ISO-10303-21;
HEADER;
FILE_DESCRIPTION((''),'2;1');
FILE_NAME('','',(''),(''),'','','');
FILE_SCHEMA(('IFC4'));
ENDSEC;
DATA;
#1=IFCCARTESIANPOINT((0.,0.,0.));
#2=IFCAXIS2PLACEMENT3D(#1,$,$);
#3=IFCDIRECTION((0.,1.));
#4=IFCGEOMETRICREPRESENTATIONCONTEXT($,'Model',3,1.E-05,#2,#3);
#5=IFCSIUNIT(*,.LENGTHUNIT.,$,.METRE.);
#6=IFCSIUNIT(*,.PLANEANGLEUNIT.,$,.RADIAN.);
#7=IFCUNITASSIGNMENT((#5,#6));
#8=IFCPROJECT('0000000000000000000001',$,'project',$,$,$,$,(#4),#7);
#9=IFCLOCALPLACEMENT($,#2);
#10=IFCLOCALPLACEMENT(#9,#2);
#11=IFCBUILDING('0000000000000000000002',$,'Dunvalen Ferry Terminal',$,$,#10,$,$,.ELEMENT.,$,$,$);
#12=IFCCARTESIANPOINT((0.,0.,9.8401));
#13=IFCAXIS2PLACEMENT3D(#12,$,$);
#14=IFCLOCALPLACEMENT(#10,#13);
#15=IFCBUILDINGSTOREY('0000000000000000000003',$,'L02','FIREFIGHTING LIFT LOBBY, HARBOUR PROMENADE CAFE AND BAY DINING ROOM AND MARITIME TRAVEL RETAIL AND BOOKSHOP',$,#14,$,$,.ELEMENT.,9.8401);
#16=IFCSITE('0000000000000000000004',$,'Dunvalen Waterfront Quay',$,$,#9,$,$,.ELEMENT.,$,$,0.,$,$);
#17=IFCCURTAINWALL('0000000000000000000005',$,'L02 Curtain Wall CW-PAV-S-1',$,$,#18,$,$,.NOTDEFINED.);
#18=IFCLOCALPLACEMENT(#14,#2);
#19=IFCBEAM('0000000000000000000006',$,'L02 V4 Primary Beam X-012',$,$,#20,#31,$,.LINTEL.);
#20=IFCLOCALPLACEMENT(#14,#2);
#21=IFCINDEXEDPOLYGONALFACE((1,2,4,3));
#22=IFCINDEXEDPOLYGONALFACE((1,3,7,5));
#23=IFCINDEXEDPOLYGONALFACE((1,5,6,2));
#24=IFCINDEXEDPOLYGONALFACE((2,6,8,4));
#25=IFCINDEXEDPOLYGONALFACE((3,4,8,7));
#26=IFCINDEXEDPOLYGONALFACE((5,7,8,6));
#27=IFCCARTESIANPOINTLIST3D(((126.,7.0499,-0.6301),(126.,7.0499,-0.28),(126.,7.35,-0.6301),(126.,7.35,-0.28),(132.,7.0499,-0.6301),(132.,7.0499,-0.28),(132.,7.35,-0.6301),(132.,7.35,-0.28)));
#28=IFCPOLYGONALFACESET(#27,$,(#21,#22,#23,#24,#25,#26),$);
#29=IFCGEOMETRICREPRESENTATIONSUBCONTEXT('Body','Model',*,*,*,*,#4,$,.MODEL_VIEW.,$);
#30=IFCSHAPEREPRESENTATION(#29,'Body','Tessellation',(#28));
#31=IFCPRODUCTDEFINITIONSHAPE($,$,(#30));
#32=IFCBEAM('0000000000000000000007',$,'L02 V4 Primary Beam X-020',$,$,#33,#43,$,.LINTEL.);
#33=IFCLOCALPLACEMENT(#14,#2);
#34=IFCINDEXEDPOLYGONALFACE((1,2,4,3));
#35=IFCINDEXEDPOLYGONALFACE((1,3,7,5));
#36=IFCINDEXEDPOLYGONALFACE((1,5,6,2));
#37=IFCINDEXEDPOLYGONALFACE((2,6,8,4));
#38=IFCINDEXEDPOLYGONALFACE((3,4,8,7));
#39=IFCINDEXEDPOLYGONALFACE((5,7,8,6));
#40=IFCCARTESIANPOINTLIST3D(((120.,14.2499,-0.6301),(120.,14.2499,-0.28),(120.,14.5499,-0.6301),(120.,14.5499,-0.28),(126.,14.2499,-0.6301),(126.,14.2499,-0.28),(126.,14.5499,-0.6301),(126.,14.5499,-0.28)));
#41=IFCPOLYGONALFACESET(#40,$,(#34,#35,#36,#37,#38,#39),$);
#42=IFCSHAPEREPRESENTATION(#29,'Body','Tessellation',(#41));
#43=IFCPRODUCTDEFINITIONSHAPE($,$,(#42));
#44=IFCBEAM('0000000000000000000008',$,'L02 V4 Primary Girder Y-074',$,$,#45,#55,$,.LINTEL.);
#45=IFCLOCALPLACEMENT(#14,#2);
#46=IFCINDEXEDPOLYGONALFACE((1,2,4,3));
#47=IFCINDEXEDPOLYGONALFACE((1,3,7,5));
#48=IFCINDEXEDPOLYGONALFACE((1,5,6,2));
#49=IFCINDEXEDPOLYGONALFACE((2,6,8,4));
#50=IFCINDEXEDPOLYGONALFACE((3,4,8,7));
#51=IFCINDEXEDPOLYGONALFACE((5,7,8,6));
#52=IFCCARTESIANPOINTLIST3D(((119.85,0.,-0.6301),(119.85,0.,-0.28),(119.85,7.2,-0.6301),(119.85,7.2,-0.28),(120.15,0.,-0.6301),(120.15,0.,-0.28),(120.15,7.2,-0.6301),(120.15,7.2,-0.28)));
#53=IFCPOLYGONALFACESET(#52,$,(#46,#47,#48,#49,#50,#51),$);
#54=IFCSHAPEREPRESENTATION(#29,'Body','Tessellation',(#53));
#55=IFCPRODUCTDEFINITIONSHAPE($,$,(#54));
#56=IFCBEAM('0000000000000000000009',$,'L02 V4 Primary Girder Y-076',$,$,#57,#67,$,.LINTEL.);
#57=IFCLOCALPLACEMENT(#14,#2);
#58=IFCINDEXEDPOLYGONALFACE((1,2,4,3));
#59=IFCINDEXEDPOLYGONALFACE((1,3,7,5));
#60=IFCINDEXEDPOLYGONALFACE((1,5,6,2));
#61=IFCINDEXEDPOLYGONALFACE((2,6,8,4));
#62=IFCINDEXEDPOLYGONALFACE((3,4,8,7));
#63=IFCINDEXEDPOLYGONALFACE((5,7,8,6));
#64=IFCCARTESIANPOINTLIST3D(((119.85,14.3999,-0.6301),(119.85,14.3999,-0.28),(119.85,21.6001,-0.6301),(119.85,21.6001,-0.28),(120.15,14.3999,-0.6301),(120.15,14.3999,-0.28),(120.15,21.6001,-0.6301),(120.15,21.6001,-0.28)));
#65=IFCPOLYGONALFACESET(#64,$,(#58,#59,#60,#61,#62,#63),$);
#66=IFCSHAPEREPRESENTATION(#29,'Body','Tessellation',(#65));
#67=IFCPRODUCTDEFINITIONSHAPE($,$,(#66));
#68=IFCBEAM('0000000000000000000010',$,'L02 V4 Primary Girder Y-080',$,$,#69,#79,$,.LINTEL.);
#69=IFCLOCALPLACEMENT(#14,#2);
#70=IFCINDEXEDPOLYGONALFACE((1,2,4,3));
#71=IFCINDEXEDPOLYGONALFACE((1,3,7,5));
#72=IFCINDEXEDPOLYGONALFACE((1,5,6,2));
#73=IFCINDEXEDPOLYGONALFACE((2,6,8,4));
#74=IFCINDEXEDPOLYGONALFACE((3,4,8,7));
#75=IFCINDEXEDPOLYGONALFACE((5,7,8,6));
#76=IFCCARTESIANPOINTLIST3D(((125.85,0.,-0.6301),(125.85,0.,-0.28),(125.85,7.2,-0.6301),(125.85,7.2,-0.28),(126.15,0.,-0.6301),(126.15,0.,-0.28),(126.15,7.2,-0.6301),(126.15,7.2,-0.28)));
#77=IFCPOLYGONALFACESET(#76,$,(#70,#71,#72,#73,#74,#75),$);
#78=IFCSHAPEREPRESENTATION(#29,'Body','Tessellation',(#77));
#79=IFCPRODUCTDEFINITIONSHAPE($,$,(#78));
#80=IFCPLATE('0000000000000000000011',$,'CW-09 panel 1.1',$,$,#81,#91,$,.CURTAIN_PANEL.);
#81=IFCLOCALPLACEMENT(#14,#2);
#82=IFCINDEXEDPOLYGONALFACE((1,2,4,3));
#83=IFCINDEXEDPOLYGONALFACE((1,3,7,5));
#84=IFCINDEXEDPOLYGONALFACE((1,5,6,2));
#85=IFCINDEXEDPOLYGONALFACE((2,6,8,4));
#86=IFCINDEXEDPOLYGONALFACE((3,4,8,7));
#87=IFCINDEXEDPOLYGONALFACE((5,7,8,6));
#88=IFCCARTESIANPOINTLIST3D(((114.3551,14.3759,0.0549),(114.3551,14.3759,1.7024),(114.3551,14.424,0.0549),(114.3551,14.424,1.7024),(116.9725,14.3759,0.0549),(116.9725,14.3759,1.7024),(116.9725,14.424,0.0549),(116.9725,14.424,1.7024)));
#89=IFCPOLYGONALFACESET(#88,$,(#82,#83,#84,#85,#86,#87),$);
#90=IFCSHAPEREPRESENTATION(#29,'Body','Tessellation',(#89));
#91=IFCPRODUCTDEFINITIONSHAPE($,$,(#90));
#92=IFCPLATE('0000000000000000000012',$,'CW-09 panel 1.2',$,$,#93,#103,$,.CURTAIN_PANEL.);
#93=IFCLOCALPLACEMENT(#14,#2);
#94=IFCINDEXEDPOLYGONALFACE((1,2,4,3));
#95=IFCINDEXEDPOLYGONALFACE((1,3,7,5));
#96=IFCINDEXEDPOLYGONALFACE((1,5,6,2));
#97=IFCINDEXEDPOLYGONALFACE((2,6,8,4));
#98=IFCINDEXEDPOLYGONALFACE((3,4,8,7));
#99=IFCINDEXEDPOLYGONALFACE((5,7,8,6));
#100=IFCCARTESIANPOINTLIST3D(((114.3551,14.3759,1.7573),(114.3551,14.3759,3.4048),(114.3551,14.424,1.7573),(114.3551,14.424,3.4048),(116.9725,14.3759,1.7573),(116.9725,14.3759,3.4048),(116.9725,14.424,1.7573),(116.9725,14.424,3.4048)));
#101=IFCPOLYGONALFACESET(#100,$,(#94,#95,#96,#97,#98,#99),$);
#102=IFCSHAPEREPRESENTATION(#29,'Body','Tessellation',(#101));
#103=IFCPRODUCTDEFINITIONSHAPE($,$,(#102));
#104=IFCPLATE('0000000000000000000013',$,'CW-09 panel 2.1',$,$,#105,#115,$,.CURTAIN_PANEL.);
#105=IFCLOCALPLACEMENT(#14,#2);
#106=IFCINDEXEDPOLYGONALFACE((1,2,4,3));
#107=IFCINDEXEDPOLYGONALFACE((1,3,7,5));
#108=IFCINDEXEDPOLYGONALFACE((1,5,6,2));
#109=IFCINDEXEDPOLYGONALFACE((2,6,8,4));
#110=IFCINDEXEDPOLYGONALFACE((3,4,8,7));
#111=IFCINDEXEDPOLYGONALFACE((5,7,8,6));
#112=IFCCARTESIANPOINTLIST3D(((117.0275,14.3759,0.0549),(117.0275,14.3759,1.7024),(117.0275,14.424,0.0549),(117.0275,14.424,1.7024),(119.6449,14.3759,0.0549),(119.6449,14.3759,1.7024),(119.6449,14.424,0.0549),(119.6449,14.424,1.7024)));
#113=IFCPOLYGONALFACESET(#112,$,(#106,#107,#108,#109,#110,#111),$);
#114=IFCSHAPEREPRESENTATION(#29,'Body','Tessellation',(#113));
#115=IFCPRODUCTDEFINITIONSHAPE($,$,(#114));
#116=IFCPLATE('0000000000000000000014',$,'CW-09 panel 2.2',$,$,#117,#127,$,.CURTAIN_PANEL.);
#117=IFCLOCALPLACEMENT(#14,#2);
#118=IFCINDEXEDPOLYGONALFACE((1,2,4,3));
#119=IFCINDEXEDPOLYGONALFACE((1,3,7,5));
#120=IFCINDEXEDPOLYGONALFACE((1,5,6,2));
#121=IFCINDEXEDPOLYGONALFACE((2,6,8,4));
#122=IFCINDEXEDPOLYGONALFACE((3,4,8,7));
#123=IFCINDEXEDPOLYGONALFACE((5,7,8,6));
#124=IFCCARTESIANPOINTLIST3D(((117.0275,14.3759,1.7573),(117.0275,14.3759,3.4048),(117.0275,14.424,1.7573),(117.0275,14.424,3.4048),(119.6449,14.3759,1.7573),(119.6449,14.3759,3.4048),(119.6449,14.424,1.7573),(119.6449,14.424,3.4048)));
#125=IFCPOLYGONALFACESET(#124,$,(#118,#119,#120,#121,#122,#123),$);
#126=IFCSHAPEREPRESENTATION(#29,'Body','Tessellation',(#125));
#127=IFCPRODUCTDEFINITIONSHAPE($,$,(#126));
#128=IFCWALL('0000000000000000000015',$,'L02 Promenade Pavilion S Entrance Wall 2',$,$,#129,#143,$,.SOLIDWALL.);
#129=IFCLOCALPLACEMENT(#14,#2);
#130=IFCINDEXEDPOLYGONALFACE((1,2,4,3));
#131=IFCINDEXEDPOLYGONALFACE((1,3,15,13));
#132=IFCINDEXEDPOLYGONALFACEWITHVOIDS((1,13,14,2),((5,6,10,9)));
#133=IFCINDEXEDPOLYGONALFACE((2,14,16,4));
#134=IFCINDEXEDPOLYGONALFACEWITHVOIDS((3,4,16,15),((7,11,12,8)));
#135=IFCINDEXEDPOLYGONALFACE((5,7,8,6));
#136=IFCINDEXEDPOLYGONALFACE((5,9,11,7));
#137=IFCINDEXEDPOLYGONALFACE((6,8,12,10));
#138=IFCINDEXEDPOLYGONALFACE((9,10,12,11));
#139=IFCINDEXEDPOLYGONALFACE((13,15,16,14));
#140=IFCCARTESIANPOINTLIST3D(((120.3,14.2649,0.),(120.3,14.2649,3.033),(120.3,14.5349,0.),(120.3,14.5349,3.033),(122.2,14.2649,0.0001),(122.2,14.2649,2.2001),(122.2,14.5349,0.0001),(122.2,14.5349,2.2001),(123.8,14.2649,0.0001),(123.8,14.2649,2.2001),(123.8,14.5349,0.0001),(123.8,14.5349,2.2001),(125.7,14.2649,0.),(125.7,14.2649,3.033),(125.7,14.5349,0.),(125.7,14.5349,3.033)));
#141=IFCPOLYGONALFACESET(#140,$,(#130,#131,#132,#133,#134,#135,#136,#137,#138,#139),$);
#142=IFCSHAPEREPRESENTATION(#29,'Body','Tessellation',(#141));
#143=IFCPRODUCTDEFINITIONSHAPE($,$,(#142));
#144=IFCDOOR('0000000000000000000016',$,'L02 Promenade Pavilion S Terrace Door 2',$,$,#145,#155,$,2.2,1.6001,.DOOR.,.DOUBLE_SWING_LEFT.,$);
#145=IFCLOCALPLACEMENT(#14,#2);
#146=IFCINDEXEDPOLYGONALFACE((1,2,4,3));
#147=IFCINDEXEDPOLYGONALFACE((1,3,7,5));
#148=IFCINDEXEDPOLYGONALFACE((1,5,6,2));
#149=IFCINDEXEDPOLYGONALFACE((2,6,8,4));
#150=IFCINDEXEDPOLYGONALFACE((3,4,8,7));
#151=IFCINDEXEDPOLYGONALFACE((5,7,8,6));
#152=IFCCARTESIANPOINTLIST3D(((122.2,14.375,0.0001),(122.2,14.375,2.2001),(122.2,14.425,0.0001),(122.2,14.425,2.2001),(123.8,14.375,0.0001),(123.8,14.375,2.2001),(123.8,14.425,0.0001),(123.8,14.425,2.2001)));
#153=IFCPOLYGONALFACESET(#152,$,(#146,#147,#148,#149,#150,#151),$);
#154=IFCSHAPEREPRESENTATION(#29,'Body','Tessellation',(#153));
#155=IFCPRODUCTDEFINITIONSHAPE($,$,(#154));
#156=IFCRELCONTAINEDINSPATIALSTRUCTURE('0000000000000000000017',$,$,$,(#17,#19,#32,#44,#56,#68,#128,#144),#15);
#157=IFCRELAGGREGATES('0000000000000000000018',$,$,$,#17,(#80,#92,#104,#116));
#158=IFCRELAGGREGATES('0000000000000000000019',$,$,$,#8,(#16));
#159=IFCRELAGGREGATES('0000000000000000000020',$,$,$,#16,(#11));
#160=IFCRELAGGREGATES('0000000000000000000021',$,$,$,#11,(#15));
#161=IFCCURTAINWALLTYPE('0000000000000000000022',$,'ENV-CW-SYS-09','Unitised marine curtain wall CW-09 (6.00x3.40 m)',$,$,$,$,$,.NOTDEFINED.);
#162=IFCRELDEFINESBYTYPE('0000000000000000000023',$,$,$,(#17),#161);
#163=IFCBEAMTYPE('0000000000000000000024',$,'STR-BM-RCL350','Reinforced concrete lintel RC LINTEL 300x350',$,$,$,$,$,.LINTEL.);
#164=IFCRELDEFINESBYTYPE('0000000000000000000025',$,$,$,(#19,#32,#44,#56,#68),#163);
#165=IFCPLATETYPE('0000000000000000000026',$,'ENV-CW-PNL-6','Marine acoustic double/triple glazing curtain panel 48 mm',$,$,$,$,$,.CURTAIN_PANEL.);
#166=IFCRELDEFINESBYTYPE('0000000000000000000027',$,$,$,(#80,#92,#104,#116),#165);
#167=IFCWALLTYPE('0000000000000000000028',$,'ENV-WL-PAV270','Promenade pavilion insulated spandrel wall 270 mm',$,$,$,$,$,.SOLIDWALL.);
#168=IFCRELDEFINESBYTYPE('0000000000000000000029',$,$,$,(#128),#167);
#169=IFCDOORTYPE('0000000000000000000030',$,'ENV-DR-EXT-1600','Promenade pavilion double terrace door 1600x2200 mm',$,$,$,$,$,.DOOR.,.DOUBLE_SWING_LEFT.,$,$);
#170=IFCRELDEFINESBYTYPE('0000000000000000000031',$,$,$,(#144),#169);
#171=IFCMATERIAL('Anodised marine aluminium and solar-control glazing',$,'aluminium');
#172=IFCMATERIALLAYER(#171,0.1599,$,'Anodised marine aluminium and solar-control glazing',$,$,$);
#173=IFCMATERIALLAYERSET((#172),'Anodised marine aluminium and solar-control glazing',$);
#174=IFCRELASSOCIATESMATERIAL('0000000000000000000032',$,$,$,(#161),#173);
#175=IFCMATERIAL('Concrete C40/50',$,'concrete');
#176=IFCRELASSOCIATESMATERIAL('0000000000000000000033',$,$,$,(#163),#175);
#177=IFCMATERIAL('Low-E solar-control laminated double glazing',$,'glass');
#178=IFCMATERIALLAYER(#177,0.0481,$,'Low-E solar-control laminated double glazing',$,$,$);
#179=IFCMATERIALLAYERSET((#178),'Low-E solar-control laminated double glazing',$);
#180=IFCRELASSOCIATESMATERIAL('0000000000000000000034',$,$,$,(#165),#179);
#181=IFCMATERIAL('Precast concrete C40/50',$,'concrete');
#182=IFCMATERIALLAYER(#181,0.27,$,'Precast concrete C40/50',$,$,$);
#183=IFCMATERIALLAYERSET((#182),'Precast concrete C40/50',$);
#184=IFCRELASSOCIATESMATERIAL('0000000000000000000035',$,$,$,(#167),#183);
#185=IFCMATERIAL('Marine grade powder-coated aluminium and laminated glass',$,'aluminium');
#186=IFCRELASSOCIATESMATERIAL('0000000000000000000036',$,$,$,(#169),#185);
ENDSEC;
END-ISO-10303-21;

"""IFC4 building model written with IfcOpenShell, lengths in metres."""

from ifc_helpers import new_model, si_unit, direction, frame, frame_2d, origin, origin_2d, place, context, subcontext, project, spatial, rectangle, extrude, material, layer, layer_set, material_profile, profile_set, type_object, element, fill, aggregate, save


model = new_model("IFC4")

# Units and contexts
model_context = context("Model", 3, precision=1e-05, world=origin(), true_north=direction((0.0, 1.0)))
body_context = subcontext(model_context, "Body", "Model", "MODEL_VIEW")
ifc_project = project(units=[si_unit("LENGTHUNIT", "METRE"), si_unit("PLANEANGLEUNIT", "RADIAN")], contexts=[model_context])

# Site, building, storey
site_placement = place(None, origin())
site = spatial("IfcSite", under=ifc_project, at=site_placement, Name="Dunvalen Waterfront Quay", CompositionType="ELEMENT", RefElevation=0.0)
building_placement = place(site_placement, origin())
building = spatial("IfcBuilding", under=site, at=building_placement, Name="Dunvalen Ferry Terminal", CompositionType="ELEMENT")
storey_placement = place(building_placement, frame((0.0, 0.0, 9.8401)))
storey = spatial("IfcBuildingStorey", under=building, at=storey_placement, Name="L02", Description="FIREFIGHTING LIFT LOBBY, HARBOUR PROMENADE CAFE AND BAY DINING ROOM AND MARITIME TRAVEL RETAIL AND BOOKSHOP", CompositionType="ELEMENT", Elevation=9.8401)

# Curtain wall
ifc_material_1 = material(Name="Anodised marine aluminium and solar-control glazing", Category="aluminium")
ifc_layer_1 = layer(ifc_material_1, 0.1599, Name="Anodised marine aluminium and solar-control glazing")
ifc_layer_set_1 = layer_set([ifc_layer_1], Name="Anodised marine aluminium and solar-control glazing")
curtain_wall_type = type_object("IfcCurtainWallType", Name="ENV-CW-SYS-09", Description="Unitised marine curtain wall CW-09 (6.00x3.40 m)", PredefinedType="NOTDEFINED", material=ifc_layer_set_1)
curtain_wall_placement = place(storey_placement, origin())
curtain_wall = element("IfcCurtainWall", 1, at=curtain_wall_placement, inside=storey, type_object=curtain_wall_type, Name="L02 Curtain Wall CW-PAV-S-1", PredefinedType="NOTDEFINED")

# Beams
ifc_material_2 = material(Name="Concrete C40/50", Category="concrete")
ifc_material_profile_1 = material_profile(ifc_material_2, rectangle(XDim=0.3, YDim=0.3501, at=origin_2d()), Name="Concrete C40/50")
ifc_profile_set_1 = profile_set([ifc_material_profile_1], Name="Concrete C40/50")
beam_type_1 = type_object("IfcBeamType", Name="STR-BM-RCL350", Description="Reinforced concrete lintel RC LINTEL 300x350", PredefinedType="LINTEL", material=ifc_profile_set_1)
for number, where, z_axis, x_axis, name in (
    (2, (126.0, 7.2, -0.4551), (1.0, 0.0, 0.0), (0.0, 1.0, 0.0), "L02 V4 Primary Beam X-012"),
    (3, (120.0, 14.3999, -0.4551), (1.0, 0.0, 0.0), (0.0, 1.0, 0.0), "L02 V4 Primary Beam X-020"),
):
    element("IfcBeam", number, at=place(storey_placement, frame(where, z_axis=z_axis, x_axis=x_axis)), inside=storey, type_object=beam_type_1, Name=name, PredefinedType="LINTEL", context=body_context, shape_type="SweptSolid", body=[
        extrude(rectangle(XDim=0.3, YDim=0.3501, at=origin_2d()), origin(), (0.0, 0.0, 1.0), 6.0),
    ])
beam_1_placement = place(storey_placement, frame((120.0, 0.0, -0.4551), z_axis=(0.0, 1.0, 0.0), x_axis=(-1.0, 0.0, 0.0)))
element("IfcBeam", 4, at=beam_1_placement, inside=storey, type_object=beam_type_1, Name="L02 V4 Primary Girder Y-074", PredefinedType="LINTEL", context=body_context, shape_type="SweptSolid", body=[
    extrude(rectangle(XDim=0.3, YDim=0.3501, at=origin_2d()), origin(), (0.0, 0.0, 1.0), 7.2),
])
beam_2_placement = place(storey_placement, frame((120.0, 14.3999, -0.4551), z_axis=(0.0, 1.0, 0.0), x_axis=(-1.0, 0.0, 0.0)))
element("IfcBeam", 5, at=beam_2_placement, inside=storey, type_object=beam_type_1, Name="L02 V4 Primary Girder Y-076", PredefinedType="LINTEL", context=body_context, shape_type="SweptSolid", body=[
    extrude(rectangle(XDim=0.3, YDim=0.3501, at=origin_2d()), origin(), (0.0, 0.0, 1.0), 7.2002),
])
beam_3_placement = place(storey_placement, frame((126.0, 0.0, -0.4551), z_axis=(0.0, 1.0, 0.0), x_axis=(-1.0, 0.0, 0.0)))
element("IfcBeam", 6, at=beam_3_placement, inside=storey, type_object=beam_type_1, Name="L02 V4 Primary Girder Y-080", PredefinedType="LINTEL", context=body_context, shape_type="SweptSolid", body=[
    extrude(rectangle(XDim=0.3, YDim=0.3501, at=origin_2d()), origin(), (0.0, 0.0, 1.0), 7.2),
])

# Plates
ifc_material_3 = material(Name="Low-E solar-control laminated double glazing", Category="glass")
ifc_layer_2 = layer(ifc_material_3, 0.0481, Name="Low-E solar-control laminated double glazing")
ifc_layer_set_2 = layer_set([ifc_layer_2], Name="Low-E solar-control laminated double glazing")
plate_type = type_object("IfcPlateType", Name="ENV-CW-PNL-6", Description="Marine acoustic double/triple glazing curtain panel 48 mm", PredefinedType="CURTAIN_PANEL", material=ifc_layer_set_2)
plate_1_placement = place(storey_placement, frame((115.6638, 14.3999, 0.0549), z_axis=(0.0, 0.0, 1.0), x_axis=(1.0, 0.0, 0.0)))
plate_1 = element("IfcPlate", 7, at=plate_1_placement, type_object=plate_type, Name="CW-09 panel 1.1", PredefinedType="CURTAIN_PANEL", context=body_context, shape_type="SweptSolid", body=[
    extrude(rectangle(XDim=2.6174, YDim=0.0481, at=origin_2d()), origin(), (0.0, 0.0, 1.0), 1.6475),
])
plate_2_placement = place(storey_placement, frame((115.6638, 14.3999, 1.7573), z_axis=(0.0, 0.0, 1.0), x_axis=(1.0, 0.0, 0.0)))
plate_2 = element("IfcPlate", 8, at=plate_2_placement, type_object=plate_type, Name="CW-09 panel 1.2", PredefinedType="CURTAIN_PANEL", context=body_context, shape_type="SweptSolid", body=[
    extrude(rectangle(XDim=2.6174, YDim=0.0481, at=origin_2d()), origin(), (0.0, 0.0, 1.0), 1.6475),
])
plate_3_placement = place(storey_placement, frame((118.3362, 14.3999, 0.0549), z_axis=(0.0, 0.0, 1.0), x_axis=(1.0, 0.0, 0.0)))
plate_3 = element("IfcPlate", 9, at=plate_3_placement, type_object=plate_type, Name="CW-09 panel 2.1", PredefinedType="CURTAIN_PANEL", context=body_context, shape_type="SweptSolid", body=[
    extrude(rectangle(XDim=2.6174, YDim=0.0481, at=origin_2d()), origin(), (0.0, 0.0, 1.0), 1.6475),
])
plate_4_placement = place(storey_placement, frame((118.3362, 14.3999, 1.7573), z_axis=(0.0, 0.0, 1.0), x_axis=(1.0, 0.0, 0.0)))
plate_4 = element("IfcPlate", 10, at=plate_4_placement, type_object=plate_type, Name="CW-09 panel 2.2", PredefinedType="CURTAIN_PANEL", context=body_context, shape_type="SweptSolid", body=[
    extrude(rectangle(XDim=2.6174, YDim=0.0481, at=origin_2d()), origin(), (0.0, 0.0, 1.0), 1.6475),
])
aggregate(curtain_wall, [plate_1, plate_2, plate_3, plate_4])

# Wall, opening, door
ifc_material_4 = material(Name="Precast concrete C40/50", Category="concrete")
ifc_layer_3 = layer(ifc_material_4, 0.27, Name="Precast concrete C40/50")
ifc_layer_set_3 = layer_set([ifc_layer_3], Name="Precast concrete C40/50")
wall_type = type_object("IfcWallType", Name="ENV-WL-PAV270", Description="Promenade pavilion insulated spandrel wall 270 mm", PredefinedType="SOLIDWALL", material=ifc_layer_set_3)
wall_placement = place(storey_placement, frame((120.3, 14.3999, 0.0), z_axis=(0.0, 0.0, 1.0), x_axis=(1.0, 0.0, 0.0)))
wall = element("IfcWall", 11, at=wall_placement, inside=storey, type_object=wall_type, Name="L02 Promenade Pavilion S Entrance Wall 2", PredefinedType="SOLIDWALL", context=body_context, shape_type="SweptSolid", body=[
    extrude(rectangle(XDim=5.3999, YDim=0.27, at=frame_2d((2.7, 0.0))), origin(), (0.0, 0.0, 1.0), 3.033),
])
opening_placement = place(wall_placement, frame((1.8999, 0.0, 0.0)))
opening = element("IfcOpeningElement", 12, at=opening_placement, cuts=wall, PredefinedType="OPENING", context=body_context, shape_type="SweptSolid", body=[
    extrude(rectangle(XDim=1.6001, YDim=2.2, at=frame_2d((0.8, 1.1001))), frame((0.0, 0.145, 0.0), z_axis=(0.0, -1.0, 0.0), x_axis=(1.0, 0.0, 0.0)), (0.0, 0.0, 1.0), 0.29),
])
ifc_material_5 = material(Name="Marine grade powder-coated aluminium and laminated glass", Category="aluminium")
door_type = type_object("IfcDoorType", Name="ENV-DR-EXT-1600", Description="Promenade pavilion double terrace door 1600x2200 mm", OperationType="DOUBLE_SWING_LEFT", PredefinedType="DOOR", material=ifc_material_5)
door_placement = place(opening_placement, frame((1.6001, 0.0, 0.0), z_axis=(0.0, 0.0, 1.0), x_axis=(-1.0, 0.0, 0.0)))
door = element("IfcDoor", 13, at=door_placement, inside=storey, type_object=door_type, Name="L02 Promenade Pavilion S Terrace Door 2", OperationType="DOUBLE_SWING_LEFT", OverallHeight=2.2, OverallWidth=1.6001, PredefinedType="DOOR", context=body_context, shape_type="SweptSolid", body=[
    extrude(rectangle(XDim=1.6001, YDim=2.2, at=frame_2d((0.8, 1.1001))), frame((0.0, 0.0249, 0.0), z_axis=(0.0, -1.0, 0.0), x_axis=(1.0, 0.0, 0.0)), (0.0, 0.0, 1.0), 0.05),
])
fill(opening, door)

save(model, "model.ifc")
